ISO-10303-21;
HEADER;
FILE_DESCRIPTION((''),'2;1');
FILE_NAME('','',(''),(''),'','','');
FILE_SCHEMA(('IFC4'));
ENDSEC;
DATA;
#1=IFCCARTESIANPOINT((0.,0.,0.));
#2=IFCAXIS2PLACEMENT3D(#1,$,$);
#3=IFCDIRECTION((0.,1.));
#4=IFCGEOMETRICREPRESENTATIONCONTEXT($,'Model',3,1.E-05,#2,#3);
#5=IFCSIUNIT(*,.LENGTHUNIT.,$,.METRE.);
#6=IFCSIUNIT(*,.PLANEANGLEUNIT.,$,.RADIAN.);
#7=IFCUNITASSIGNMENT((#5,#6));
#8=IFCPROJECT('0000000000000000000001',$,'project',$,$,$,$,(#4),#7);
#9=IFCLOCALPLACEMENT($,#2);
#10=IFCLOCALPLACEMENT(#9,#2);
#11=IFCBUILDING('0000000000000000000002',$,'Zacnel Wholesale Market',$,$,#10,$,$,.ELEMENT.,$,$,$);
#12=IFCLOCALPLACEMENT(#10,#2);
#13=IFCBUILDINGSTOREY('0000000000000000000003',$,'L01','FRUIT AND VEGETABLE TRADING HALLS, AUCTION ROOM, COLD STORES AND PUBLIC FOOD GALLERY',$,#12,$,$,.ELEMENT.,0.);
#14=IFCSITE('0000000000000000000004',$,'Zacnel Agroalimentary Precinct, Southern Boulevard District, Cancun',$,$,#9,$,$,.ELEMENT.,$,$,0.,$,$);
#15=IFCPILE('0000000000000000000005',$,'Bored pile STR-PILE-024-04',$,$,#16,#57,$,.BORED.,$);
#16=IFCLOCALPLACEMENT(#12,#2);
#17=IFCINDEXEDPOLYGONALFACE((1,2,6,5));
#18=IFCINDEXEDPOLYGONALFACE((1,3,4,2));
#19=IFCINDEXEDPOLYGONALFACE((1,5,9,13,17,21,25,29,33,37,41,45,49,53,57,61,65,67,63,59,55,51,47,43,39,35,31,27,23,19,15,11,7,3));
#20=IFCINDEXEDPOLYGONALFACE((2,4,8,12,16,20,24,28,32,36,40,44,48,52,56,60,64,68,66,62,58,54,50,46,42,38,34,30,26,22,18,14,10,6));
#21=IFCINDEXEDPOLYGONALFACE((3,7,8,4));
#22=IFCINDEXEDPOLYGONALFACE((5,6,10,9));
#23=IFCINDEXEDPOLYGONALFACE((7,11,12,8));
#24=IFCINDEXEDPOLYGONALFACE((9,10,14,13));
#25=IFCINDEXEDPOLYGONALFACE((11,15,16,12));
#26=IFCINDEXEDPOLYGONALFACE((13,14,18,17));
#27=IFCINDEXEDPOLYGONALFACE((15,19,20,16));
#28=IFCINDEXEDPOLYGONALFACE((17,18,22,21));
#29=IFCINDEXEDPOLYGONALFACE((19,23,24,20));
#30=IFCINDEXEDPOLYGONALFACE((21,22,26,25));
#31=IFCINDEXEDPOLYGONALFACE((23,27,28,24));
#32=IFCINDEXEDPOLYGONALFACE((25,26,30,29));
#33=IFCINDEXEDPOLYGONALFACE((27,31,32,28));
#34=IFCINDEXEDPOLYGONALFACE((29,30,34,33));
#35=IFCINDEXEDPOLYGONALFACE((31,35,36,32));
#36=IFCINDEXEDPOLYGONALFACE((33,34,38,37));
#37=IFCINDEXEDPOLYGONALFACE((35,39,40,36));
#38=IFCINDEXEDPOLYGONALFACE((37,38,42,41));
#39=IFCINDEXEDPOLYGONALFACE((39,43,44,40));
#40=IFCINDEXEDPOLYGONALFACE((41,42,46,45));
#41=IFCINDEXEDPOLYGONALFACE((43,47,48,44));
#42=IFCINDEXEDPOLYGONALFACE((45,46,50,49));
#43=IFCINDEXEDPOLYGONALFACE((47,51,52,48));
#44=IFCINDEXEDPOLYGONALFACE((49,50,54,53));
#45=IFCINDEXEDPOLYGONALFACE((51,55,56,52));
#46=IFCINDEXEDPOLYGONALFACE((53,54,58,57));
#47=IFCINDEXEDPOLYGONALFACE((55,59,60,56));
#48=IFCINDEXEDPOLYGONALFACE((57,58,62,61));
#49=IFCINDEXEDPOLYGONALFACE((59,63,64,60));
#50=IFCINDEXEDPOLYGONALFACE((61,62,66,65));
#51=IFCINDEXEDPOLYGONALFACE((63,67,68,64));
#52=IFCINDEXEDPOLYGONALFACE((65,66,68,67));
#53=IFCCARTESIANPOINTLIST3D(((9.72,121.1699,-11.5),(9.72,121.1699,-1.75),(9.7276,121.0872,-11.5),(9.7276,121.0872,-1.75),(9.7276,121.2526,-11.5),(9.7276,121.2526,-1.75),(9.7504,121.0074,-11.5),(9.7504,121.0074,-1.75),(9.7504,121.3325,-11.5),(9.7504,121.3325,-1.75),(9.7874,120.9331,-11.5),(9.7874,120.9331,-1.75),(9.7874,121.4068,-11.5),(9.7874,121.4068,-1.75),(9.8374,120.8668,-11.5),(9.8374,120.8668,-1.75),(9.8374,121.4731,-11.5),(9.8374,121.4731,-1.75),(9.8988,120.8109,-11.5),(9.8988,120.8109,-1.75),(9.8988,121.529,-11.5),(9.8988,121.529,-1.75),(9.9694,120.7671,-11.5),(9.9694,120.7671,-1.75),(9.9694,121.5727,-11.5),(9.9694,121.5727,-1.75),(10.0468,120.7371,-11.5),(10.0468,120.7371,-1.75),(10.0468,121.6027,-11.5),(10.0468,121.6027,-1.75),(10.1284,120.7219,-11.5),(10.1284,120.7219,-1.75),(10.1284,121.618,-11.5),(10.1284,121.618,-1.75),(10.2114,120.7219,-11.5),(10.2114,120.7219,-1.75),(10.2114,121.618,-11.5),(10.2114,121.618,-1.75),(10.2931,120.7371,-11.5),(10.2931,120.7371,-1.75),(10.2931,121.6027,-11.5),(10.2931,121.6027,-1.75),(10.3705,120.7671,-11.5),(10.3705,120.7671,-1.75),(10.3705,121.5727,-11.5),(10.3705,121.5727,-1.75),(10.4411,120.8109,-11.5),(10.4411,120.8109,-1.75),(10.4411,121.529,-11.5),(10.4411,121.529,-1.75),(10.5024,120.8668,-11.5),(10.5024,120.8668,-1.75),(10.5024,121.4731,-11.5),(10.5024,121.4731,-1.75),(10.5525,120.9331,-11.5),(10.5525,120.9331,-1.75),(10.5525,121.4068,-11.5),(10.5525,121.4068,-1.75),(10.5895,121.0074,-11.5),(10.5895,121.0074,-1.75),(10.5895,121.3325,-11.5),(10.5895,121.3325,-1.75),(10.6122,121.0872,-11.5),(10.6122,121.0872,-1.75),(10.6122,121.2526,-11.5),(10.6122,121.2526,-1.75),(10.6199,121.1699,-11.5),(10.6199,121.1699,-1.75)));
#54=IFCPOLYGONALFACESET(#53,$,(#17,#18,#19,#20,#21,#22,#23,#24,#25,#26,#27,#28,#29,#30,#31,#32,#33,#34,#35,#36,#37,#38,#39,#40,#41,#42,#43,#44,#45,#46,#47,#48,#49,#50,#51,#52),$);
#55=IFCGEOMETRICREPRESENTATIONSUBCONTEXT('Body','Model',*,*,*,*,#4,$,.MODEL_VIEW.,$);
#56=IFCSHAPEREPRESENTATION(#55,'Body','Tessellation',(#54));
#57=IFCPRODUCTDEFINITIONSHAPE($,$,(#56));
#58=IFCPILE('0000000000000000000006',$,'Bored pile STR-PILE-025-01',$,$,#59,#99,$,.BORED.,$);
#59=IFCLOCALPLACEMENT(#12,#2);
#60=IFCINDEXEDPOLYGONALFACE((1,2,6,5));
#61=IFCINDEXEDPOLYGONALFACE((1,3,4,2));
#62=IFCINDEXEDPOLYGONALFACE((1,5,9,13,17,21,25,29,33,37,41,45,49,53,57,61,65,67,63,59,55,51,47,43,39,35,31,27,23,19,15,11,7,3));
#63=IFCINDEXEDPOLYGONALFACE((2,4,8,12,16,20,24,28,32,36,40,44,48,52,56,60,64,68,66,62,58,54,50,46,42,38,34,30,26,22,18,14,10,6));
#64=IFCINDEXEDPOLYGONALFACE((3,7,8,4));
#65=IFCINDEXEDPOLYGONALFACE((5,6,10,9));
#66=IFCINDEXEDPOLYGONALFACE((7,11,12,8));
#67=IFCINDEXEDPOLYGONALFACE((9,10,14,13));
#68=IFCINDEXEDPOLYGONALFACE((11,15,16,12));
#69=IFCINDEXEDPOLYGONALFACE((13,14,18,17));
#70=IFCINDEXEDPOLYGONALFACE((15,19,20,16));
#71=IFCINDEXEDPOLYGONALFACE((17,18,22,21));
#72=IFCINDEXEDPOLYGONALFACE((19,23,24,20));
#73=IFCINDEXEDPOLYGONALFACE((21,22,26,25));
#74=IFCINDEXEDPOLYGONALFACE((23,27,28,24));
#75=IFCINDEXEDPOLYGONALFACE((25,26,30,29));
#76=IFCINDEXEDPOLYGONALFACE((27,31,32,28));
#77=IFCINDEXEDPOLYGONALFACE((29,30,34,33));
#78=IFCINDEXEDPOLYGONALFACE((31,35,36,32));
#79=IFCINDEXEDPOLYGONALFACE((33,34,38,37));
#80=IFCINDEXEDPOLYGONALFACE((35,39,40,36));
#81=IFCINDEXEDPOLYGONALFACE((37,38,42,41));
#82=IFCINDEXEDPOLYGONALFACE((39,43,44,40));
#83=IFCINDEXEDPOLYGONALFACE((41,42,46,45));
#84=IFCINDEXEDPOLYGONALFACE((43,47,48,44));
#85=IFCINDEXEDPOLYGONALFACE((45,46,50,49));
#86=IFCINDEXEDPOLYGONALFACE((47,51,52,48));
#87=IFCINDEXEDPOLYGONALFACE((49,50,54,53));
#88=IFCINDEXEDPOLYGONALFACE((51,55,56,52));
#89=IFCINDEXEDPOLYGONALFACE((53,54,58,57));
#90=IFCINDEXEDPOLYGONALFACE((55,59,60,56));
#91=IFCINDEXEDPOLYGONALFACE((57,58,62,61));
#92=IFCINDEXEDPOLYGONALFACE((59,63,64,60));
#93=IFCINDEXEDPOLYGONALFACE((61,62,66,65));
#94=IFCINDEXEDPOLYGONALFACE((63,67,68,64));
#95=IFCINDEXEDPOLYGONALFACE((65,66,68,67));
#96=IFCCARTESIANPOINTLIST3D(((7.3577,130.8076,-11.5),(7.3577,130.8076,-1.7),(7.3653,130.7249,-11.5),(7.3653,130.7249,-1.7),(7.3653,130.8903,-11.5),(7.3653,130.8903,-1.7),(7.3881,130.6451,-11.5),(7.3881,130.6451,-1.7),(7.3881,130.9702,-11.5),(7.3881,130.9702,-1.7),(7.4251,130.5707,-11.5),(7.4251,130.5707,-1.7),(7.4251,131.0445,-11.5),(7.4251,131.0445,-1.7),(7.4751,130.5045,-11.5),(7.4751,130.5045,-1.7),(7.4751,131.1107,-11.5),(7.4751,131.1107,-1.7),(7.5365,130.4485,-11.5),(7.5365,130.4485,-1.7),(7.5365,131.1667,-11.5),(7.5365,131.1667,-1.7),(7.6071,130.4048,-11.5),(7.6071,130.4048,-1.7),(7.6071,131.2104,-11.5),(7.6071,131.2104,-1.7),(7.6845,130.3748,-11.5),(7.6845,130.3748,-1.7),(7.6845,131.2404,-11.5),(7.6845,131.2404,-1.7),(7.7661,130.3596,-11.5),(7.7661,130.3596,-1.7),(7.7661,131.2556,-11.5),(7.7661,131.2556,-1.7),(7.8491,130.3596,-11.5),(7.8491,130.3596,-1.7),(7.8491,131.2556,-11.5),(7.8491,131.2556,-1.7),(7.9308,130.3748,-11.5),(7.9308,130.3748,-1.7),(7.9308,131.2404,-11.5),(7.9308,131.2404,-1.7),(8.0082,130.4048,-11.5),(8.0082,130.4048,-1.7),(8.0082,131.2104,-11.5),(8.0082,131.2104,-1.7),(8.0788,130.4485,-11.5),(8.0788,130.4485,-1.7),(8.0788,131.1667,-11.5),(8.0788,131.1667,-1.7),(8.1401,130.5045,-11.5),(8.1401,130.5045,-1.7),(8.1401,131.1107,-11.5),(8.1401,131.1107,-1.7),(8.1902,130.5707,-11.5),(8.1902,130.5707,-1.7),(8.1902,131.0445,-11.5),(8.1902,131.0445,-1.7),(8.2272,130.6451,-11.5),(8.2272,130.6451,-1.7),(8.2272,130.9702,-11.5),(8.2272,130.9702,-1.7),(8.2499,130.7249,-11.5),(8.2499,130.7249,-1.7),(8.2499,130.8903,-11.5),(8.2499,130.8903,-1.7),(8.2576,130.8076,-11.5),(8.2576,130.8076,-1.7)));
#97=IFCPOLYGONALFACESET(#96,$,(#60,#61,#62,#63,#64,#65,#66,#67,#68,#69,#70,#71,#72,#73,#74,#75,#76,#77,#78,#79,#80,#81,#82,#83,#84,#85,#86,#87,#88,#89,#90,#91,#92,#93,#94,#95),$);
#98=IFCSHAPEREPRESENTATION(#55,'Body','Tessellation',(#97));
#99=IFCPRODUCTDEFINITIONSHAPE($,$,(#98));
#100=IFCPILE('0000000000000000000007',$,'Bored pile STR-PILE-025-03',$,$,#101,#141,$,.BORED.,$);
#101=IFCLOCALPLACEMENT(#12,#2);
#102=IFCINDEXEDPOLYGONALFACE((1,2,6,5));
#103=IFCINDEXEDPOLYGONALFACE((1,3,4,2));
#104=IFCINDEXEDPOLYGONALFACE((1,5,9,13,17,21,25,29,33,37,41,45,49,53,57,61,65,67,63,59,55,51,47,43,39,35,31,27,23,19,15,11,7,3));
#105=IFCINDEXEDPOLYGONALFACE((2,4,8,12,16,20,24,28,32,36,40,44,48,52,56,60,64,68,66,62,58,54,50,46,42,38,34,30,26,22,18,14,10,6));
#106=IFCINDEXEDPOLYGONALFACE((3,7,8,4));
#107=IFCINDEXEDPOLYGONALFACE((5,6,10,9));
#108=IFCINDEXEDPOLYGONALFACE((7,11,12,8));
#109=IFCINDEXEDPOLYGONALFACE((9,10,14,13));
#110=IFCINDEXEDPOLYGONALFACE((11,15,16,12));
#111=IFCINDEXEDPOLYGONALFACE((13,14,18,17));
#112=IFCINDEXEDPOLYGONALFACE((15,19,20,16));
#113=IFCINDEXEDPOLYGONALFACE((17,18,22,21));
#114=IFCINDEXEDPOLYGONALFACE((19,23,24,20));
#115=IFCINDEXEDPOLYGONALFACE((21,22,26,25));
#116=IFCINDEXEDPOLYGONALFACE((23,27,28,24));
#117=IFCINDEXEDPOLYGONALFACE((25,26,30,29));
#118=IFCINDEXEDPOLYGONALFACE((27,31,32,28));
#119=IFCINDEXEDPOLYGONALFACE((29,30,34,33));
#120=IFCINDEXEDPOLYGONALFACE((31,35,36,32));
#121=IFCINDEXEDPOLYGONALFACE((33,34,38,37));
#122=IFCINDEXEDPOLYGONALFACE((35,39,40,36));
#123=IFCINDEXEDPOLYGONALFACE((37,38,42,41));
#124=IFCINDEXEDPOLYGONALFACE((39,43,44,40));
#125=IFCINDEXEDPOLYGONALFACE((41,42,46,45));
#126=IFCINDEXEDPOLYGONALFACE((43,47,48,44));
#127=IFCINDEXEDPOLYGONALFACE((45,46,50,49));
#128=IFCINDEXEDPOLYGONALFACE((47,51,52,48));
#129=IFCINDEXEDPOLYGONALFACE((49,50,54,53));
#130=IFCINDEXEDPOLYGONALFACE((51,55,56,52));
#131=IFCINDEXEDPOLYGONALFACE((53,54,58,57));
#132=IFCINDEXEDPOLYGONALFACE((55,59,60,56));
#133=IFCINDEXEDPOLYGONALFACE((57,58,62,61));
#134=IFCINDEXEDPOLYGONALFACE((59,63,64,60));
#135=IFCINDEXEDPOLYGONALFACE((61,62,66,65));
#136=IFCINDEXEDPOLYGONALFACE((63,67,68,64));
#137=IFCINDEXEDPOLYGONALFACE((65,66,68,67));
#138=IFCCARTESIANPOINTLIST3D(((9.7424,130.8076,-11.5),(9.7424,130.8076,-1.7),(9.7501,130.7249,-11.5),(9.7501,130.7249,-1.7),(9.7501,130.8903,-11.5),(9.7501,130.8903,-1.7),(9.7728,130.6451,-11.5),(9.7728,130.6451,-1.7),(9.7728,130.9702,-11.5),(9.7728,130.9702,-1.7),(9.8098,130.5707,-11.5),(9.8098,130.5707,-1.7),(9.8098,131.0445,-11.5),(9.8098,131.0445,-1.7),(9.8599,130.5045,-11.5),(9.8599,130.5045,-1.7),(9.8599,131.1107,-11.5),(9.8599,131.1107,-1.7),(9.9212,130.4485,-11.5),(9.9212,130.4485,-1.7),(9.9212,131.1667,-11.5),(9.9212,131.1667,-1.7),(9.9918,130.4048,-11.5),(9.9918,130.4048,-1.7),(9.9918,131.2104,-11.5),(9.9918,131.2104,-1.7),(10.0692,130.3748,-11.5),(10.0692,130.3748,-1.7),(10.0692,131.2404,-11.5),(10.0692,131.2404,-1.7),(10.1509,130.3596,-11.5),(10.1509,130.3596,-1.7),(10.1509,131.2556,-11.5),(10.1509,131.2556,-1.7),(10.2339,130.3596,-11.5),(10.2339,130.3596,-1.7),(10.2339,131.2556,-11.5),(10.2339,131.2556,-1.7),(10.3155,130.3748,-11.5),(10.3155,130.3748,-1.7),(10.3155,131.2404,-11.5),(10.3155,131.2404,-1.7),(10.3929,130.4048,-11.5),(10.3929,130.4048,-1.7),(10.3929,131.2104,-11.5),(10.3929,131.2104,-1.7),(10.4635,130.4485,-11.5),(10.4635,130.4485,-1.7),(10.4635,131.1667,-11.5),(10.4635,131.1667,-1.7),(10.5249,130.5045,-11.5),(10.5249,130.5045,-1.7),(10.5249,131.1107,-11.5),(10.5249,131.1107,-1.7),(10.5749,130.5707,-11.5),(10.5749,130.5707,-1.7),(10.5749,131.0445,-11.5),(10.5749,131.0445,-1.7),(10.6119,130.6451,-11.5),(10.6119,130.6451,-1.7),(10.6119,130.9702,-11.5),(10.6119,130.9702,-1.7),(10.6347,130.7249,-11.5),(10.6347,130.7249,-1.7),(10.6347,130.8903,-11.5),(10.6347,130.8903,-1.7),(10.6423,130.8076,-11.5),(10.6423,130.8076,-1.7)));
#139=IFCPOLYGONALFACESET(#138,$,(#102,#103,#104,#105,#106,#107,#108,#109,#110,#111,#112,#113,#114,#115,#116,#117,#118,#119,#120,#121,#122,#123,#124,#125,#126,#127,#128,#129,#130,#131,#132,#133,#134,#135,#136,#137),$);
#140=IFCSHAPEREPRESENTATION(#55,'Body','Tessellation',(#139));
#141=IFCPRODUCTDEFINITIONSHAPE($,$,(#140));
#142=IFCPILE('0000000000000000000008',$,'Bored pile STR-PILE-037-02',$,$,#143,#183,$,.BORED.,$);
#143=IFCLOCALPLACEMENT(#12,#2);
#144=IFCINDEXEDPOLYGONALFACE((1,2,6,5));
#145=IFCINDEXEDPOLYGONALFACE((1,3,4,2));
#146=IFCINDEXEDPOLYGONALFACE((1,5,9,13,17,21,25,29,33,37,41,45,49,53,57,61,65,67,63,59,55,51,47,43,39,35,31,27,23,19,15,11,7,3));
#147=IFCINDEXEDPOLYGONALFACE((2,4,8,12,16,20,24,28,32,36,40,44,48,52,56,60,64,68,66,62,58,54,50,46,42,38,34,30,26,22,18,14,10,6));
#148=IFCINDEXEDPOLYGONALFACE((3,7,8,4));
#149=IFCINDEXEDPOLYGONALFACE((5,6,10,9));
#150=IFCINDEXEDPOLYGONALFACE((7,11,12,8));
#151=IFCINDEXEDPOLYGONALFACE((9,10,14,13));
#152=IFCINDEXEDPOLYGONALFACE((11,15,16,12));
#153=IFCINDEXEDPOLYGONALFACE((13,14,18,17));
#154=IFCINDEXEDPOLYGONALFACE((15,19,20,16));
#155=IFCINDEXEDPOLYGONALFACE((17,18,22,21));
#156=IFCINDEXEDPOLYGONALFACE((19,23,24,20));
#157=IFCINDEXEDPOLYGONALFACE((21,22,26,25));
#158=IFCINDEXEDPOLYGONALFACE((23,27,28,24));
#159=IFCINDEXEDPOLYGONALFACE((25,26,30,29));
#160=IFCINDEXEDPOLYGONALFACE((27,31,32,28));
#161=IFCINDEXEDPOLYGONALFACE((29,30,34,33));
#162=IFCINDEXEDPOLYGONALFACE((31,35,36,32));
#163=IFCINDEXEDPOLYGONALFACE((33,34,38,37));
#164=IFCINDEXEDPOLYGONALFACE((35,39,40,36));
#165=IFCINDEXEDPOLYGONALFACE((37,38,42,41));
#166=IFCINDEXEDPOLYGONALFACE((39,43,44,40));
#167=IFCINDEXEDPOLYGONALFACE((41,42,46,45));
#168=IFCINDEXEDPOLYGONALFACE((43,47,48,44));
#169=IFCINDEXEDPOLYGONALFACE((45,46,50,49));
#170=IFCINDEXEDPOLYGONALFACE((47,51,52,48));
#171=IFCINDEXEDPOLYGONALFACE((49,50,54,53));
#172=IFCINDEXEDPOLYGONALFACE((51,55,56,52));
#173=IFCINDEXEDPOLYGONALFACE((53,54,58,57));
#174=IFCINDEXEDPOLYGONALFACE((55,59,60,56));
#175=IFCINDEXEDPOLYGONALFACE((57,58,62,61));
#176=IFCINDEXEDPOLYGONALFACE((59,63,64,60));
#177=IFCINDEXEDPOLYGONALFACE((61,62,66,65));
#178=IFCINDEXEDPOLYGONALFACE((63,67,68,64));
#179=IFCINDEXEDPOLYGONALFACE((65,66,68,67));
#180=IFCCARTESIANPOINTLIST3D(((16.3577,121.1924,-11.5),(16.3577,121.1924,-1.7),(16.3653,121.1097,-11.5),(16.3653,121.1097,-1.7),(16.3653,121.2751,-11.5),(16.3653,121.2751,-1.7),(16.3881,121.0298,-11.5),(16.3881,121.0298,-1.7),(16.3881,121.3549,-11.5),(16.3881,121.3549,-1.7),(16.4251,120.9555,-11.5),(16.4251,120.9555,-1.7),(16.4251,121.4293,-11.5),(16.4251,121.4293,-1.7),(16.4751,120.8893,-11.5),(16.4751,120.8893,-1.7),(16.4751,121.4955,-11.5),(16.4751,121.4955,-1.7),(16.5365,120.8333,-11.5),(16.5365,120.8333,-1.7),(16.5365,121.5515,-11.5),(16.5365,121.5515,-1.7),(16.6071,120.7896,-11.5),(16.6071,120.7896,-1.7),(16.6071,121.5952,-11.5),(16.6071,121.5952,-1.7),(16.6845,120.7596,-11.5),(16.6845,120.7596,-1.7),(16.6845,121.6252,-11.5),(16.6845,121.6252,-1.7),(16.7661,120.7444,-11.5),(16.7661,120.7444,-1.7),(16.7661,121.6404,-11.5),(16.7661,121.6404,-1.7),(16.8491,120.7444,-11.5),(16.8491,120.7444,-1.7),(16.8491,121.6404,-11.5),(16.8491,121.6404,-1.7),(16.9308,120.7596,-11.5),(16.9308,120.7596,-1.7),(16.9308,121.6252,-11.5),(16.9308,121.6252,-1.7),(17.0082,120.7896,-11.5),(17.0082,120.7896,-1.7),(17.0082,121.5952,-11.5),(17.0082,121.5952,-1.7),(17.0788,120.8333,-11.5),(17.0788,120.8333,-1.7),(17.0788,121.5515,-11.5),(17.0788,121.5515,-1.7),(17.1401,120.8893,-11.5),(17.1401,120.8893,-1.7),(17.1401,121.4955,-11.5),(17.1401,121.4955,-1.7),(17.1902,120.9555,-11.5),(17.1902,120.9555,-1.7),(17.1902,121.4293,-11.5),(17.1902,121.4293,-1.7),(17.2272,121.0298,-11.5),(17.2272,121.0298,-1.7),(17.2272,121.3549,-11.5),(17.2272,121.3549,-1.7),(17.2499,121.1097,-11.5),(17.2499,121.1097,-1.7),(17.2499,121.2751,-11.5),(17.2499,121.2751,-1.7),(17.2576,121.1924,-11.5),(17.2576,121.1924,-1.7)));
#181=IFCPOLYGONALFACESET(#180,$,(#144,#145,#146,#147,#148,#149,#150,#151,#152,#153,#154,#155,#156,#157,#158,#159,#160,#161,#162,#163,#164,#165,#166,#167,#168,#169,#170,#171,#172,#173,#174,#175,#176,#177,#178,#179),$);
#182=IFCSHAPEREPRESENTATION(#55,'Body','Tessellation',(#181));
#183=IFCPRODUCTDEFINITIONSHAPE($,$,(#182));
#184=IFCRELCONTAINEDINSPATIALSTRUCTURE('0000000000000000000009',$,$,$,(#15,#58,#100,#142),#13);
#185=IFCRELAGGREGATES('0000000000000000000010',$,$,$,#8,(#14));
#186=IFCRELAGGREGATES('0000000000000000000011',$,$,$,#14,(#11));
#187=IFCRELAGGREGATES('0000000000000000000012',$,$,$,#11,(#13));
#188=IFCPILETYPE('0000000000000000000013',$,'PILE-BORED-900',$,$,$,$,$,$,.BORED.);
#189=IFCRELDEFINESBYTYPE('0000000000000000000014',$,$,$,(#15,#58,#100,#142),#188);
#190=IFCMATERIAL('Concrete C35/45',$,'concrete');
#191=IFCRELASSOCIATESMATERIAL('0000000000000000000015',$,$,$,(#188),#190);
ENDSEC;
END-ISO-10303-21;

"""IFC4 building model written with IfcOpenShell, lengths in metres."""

from ifc_helpers import new_model, si_unit, direction, frame, origin, origin_2d, place, context, subcontext, project, spatial, circle, extrude, material, material_profile, profile_set, type_object, element, save


model = new_model("IFC4")

# Units and contexts
model_context = context("Model", 3, precision=1e-05, world=origin(), true_north=direction((0.0, 1.0)))
body_context = subcontext(model_context, "Body", "Model", "MODEL_VIEW")
ifc_project = project(units=[si_unit("LENGTHUNIT", "METRE"), si_unit("PLANEANGLEUNIT", "RADIAN")], contexts=[model_context])

# Site, building, storey
site_placement = place(None, origin())
site = spatial("IfcSite", under=ifc_project, at=site_placement, Name="Zacnel Agroalimentary Precinct, Southern Boulevard District, Cancun", CompositionType="ELEMENT", RefElevation=0.0)
building_placement = place(site_placement, origin())
building = spatial("IfcBuilding", under=site, at=building_placement, Name="Zacnel Wholesale Market", CompositionType="ELEMENT")
storey_placement = place(building_placement, origin())
storey = spatial("IfcBuildingStorey", under=building, at=storey_placement, Name="L01", Description="FRUIT AND VEGETABLE TRADING HALLS, AUCTION ROOM, COLD STORES AND PUBLIC FOOD GALLERY", CompositionType="ELEMENT", Elevation=0.0)

# Piles
ifc_material_1 = material(Name="Concrete C35/45", Category="concrete")
ifc_material_profile_1 = material_profile(ifc_material_1, circle(Radius=0.45, at=origin_2d()), Name="BORED PILE D900")
ifc_profile_set_1 = profile_set([ifc_material_profile_1], Name="Concrete C35/45")
pile_type = type_object("IfcPileType", Name="PILE-BORED-900", PredefinedType="BORED", material=ifc_profile_set_1)
for number, where, z_axis, x_axis, name in (
    (1, (10.1699, 121.1699, -1.75), (0.0, 0.0, -1.0), (1.0, 0.0, 0.0), "Bored pile STR-PILE-024-04"),
):
    element("IfcPile", number, at=place(storey_placement, frame(where, z_axis=z_axis, x_axis=x_axis)), inside=storey, type_object=pile_type, Name=name, PredefinedType="BORED", context=body_context, shape_type="SweptSolid", body=[
        extrude(circle(Radius=0.45, at=origin_2d()), origin(), (0.0, 0.0, 1.0), 9.75),
    ])
for number, where, z_axis, x_axis, name in (
    (2, (7.8076, 130.8076, -1.7), (0.0, 0.0, -1.0), (1.0, 0.0, 0.0), "Bored pile STR-PILE-025-01"),
    (3, (10.1924, 130.8076, -1.7), (0.0, 0.0, -1.0), (1.0, 0.0, 0.0), "Bored pile STR-PILE-025-03"),
    (4, (16.8076, 121.1924, -1.7), (0.0, 0.0, -1.0), (1.0, 0.0, 0.0), "Bored pile STR-PILE-037-02"),
):
    element("IfcPile", number, at=place(storey_placement, frame(where, z_axis=z_axis, x_axis=x_axis)), inside=storey, type_object=pile_type, Name=name, PredefinedType="BORED", context=body_context, shape_type="SweptSolid", body=[
        extrude(circle(Radius=0.45, at=origin_2d()), origin(), (0.0, 0.0, 1.0), 9.8),
    ])

save(model, "model.ifc")
